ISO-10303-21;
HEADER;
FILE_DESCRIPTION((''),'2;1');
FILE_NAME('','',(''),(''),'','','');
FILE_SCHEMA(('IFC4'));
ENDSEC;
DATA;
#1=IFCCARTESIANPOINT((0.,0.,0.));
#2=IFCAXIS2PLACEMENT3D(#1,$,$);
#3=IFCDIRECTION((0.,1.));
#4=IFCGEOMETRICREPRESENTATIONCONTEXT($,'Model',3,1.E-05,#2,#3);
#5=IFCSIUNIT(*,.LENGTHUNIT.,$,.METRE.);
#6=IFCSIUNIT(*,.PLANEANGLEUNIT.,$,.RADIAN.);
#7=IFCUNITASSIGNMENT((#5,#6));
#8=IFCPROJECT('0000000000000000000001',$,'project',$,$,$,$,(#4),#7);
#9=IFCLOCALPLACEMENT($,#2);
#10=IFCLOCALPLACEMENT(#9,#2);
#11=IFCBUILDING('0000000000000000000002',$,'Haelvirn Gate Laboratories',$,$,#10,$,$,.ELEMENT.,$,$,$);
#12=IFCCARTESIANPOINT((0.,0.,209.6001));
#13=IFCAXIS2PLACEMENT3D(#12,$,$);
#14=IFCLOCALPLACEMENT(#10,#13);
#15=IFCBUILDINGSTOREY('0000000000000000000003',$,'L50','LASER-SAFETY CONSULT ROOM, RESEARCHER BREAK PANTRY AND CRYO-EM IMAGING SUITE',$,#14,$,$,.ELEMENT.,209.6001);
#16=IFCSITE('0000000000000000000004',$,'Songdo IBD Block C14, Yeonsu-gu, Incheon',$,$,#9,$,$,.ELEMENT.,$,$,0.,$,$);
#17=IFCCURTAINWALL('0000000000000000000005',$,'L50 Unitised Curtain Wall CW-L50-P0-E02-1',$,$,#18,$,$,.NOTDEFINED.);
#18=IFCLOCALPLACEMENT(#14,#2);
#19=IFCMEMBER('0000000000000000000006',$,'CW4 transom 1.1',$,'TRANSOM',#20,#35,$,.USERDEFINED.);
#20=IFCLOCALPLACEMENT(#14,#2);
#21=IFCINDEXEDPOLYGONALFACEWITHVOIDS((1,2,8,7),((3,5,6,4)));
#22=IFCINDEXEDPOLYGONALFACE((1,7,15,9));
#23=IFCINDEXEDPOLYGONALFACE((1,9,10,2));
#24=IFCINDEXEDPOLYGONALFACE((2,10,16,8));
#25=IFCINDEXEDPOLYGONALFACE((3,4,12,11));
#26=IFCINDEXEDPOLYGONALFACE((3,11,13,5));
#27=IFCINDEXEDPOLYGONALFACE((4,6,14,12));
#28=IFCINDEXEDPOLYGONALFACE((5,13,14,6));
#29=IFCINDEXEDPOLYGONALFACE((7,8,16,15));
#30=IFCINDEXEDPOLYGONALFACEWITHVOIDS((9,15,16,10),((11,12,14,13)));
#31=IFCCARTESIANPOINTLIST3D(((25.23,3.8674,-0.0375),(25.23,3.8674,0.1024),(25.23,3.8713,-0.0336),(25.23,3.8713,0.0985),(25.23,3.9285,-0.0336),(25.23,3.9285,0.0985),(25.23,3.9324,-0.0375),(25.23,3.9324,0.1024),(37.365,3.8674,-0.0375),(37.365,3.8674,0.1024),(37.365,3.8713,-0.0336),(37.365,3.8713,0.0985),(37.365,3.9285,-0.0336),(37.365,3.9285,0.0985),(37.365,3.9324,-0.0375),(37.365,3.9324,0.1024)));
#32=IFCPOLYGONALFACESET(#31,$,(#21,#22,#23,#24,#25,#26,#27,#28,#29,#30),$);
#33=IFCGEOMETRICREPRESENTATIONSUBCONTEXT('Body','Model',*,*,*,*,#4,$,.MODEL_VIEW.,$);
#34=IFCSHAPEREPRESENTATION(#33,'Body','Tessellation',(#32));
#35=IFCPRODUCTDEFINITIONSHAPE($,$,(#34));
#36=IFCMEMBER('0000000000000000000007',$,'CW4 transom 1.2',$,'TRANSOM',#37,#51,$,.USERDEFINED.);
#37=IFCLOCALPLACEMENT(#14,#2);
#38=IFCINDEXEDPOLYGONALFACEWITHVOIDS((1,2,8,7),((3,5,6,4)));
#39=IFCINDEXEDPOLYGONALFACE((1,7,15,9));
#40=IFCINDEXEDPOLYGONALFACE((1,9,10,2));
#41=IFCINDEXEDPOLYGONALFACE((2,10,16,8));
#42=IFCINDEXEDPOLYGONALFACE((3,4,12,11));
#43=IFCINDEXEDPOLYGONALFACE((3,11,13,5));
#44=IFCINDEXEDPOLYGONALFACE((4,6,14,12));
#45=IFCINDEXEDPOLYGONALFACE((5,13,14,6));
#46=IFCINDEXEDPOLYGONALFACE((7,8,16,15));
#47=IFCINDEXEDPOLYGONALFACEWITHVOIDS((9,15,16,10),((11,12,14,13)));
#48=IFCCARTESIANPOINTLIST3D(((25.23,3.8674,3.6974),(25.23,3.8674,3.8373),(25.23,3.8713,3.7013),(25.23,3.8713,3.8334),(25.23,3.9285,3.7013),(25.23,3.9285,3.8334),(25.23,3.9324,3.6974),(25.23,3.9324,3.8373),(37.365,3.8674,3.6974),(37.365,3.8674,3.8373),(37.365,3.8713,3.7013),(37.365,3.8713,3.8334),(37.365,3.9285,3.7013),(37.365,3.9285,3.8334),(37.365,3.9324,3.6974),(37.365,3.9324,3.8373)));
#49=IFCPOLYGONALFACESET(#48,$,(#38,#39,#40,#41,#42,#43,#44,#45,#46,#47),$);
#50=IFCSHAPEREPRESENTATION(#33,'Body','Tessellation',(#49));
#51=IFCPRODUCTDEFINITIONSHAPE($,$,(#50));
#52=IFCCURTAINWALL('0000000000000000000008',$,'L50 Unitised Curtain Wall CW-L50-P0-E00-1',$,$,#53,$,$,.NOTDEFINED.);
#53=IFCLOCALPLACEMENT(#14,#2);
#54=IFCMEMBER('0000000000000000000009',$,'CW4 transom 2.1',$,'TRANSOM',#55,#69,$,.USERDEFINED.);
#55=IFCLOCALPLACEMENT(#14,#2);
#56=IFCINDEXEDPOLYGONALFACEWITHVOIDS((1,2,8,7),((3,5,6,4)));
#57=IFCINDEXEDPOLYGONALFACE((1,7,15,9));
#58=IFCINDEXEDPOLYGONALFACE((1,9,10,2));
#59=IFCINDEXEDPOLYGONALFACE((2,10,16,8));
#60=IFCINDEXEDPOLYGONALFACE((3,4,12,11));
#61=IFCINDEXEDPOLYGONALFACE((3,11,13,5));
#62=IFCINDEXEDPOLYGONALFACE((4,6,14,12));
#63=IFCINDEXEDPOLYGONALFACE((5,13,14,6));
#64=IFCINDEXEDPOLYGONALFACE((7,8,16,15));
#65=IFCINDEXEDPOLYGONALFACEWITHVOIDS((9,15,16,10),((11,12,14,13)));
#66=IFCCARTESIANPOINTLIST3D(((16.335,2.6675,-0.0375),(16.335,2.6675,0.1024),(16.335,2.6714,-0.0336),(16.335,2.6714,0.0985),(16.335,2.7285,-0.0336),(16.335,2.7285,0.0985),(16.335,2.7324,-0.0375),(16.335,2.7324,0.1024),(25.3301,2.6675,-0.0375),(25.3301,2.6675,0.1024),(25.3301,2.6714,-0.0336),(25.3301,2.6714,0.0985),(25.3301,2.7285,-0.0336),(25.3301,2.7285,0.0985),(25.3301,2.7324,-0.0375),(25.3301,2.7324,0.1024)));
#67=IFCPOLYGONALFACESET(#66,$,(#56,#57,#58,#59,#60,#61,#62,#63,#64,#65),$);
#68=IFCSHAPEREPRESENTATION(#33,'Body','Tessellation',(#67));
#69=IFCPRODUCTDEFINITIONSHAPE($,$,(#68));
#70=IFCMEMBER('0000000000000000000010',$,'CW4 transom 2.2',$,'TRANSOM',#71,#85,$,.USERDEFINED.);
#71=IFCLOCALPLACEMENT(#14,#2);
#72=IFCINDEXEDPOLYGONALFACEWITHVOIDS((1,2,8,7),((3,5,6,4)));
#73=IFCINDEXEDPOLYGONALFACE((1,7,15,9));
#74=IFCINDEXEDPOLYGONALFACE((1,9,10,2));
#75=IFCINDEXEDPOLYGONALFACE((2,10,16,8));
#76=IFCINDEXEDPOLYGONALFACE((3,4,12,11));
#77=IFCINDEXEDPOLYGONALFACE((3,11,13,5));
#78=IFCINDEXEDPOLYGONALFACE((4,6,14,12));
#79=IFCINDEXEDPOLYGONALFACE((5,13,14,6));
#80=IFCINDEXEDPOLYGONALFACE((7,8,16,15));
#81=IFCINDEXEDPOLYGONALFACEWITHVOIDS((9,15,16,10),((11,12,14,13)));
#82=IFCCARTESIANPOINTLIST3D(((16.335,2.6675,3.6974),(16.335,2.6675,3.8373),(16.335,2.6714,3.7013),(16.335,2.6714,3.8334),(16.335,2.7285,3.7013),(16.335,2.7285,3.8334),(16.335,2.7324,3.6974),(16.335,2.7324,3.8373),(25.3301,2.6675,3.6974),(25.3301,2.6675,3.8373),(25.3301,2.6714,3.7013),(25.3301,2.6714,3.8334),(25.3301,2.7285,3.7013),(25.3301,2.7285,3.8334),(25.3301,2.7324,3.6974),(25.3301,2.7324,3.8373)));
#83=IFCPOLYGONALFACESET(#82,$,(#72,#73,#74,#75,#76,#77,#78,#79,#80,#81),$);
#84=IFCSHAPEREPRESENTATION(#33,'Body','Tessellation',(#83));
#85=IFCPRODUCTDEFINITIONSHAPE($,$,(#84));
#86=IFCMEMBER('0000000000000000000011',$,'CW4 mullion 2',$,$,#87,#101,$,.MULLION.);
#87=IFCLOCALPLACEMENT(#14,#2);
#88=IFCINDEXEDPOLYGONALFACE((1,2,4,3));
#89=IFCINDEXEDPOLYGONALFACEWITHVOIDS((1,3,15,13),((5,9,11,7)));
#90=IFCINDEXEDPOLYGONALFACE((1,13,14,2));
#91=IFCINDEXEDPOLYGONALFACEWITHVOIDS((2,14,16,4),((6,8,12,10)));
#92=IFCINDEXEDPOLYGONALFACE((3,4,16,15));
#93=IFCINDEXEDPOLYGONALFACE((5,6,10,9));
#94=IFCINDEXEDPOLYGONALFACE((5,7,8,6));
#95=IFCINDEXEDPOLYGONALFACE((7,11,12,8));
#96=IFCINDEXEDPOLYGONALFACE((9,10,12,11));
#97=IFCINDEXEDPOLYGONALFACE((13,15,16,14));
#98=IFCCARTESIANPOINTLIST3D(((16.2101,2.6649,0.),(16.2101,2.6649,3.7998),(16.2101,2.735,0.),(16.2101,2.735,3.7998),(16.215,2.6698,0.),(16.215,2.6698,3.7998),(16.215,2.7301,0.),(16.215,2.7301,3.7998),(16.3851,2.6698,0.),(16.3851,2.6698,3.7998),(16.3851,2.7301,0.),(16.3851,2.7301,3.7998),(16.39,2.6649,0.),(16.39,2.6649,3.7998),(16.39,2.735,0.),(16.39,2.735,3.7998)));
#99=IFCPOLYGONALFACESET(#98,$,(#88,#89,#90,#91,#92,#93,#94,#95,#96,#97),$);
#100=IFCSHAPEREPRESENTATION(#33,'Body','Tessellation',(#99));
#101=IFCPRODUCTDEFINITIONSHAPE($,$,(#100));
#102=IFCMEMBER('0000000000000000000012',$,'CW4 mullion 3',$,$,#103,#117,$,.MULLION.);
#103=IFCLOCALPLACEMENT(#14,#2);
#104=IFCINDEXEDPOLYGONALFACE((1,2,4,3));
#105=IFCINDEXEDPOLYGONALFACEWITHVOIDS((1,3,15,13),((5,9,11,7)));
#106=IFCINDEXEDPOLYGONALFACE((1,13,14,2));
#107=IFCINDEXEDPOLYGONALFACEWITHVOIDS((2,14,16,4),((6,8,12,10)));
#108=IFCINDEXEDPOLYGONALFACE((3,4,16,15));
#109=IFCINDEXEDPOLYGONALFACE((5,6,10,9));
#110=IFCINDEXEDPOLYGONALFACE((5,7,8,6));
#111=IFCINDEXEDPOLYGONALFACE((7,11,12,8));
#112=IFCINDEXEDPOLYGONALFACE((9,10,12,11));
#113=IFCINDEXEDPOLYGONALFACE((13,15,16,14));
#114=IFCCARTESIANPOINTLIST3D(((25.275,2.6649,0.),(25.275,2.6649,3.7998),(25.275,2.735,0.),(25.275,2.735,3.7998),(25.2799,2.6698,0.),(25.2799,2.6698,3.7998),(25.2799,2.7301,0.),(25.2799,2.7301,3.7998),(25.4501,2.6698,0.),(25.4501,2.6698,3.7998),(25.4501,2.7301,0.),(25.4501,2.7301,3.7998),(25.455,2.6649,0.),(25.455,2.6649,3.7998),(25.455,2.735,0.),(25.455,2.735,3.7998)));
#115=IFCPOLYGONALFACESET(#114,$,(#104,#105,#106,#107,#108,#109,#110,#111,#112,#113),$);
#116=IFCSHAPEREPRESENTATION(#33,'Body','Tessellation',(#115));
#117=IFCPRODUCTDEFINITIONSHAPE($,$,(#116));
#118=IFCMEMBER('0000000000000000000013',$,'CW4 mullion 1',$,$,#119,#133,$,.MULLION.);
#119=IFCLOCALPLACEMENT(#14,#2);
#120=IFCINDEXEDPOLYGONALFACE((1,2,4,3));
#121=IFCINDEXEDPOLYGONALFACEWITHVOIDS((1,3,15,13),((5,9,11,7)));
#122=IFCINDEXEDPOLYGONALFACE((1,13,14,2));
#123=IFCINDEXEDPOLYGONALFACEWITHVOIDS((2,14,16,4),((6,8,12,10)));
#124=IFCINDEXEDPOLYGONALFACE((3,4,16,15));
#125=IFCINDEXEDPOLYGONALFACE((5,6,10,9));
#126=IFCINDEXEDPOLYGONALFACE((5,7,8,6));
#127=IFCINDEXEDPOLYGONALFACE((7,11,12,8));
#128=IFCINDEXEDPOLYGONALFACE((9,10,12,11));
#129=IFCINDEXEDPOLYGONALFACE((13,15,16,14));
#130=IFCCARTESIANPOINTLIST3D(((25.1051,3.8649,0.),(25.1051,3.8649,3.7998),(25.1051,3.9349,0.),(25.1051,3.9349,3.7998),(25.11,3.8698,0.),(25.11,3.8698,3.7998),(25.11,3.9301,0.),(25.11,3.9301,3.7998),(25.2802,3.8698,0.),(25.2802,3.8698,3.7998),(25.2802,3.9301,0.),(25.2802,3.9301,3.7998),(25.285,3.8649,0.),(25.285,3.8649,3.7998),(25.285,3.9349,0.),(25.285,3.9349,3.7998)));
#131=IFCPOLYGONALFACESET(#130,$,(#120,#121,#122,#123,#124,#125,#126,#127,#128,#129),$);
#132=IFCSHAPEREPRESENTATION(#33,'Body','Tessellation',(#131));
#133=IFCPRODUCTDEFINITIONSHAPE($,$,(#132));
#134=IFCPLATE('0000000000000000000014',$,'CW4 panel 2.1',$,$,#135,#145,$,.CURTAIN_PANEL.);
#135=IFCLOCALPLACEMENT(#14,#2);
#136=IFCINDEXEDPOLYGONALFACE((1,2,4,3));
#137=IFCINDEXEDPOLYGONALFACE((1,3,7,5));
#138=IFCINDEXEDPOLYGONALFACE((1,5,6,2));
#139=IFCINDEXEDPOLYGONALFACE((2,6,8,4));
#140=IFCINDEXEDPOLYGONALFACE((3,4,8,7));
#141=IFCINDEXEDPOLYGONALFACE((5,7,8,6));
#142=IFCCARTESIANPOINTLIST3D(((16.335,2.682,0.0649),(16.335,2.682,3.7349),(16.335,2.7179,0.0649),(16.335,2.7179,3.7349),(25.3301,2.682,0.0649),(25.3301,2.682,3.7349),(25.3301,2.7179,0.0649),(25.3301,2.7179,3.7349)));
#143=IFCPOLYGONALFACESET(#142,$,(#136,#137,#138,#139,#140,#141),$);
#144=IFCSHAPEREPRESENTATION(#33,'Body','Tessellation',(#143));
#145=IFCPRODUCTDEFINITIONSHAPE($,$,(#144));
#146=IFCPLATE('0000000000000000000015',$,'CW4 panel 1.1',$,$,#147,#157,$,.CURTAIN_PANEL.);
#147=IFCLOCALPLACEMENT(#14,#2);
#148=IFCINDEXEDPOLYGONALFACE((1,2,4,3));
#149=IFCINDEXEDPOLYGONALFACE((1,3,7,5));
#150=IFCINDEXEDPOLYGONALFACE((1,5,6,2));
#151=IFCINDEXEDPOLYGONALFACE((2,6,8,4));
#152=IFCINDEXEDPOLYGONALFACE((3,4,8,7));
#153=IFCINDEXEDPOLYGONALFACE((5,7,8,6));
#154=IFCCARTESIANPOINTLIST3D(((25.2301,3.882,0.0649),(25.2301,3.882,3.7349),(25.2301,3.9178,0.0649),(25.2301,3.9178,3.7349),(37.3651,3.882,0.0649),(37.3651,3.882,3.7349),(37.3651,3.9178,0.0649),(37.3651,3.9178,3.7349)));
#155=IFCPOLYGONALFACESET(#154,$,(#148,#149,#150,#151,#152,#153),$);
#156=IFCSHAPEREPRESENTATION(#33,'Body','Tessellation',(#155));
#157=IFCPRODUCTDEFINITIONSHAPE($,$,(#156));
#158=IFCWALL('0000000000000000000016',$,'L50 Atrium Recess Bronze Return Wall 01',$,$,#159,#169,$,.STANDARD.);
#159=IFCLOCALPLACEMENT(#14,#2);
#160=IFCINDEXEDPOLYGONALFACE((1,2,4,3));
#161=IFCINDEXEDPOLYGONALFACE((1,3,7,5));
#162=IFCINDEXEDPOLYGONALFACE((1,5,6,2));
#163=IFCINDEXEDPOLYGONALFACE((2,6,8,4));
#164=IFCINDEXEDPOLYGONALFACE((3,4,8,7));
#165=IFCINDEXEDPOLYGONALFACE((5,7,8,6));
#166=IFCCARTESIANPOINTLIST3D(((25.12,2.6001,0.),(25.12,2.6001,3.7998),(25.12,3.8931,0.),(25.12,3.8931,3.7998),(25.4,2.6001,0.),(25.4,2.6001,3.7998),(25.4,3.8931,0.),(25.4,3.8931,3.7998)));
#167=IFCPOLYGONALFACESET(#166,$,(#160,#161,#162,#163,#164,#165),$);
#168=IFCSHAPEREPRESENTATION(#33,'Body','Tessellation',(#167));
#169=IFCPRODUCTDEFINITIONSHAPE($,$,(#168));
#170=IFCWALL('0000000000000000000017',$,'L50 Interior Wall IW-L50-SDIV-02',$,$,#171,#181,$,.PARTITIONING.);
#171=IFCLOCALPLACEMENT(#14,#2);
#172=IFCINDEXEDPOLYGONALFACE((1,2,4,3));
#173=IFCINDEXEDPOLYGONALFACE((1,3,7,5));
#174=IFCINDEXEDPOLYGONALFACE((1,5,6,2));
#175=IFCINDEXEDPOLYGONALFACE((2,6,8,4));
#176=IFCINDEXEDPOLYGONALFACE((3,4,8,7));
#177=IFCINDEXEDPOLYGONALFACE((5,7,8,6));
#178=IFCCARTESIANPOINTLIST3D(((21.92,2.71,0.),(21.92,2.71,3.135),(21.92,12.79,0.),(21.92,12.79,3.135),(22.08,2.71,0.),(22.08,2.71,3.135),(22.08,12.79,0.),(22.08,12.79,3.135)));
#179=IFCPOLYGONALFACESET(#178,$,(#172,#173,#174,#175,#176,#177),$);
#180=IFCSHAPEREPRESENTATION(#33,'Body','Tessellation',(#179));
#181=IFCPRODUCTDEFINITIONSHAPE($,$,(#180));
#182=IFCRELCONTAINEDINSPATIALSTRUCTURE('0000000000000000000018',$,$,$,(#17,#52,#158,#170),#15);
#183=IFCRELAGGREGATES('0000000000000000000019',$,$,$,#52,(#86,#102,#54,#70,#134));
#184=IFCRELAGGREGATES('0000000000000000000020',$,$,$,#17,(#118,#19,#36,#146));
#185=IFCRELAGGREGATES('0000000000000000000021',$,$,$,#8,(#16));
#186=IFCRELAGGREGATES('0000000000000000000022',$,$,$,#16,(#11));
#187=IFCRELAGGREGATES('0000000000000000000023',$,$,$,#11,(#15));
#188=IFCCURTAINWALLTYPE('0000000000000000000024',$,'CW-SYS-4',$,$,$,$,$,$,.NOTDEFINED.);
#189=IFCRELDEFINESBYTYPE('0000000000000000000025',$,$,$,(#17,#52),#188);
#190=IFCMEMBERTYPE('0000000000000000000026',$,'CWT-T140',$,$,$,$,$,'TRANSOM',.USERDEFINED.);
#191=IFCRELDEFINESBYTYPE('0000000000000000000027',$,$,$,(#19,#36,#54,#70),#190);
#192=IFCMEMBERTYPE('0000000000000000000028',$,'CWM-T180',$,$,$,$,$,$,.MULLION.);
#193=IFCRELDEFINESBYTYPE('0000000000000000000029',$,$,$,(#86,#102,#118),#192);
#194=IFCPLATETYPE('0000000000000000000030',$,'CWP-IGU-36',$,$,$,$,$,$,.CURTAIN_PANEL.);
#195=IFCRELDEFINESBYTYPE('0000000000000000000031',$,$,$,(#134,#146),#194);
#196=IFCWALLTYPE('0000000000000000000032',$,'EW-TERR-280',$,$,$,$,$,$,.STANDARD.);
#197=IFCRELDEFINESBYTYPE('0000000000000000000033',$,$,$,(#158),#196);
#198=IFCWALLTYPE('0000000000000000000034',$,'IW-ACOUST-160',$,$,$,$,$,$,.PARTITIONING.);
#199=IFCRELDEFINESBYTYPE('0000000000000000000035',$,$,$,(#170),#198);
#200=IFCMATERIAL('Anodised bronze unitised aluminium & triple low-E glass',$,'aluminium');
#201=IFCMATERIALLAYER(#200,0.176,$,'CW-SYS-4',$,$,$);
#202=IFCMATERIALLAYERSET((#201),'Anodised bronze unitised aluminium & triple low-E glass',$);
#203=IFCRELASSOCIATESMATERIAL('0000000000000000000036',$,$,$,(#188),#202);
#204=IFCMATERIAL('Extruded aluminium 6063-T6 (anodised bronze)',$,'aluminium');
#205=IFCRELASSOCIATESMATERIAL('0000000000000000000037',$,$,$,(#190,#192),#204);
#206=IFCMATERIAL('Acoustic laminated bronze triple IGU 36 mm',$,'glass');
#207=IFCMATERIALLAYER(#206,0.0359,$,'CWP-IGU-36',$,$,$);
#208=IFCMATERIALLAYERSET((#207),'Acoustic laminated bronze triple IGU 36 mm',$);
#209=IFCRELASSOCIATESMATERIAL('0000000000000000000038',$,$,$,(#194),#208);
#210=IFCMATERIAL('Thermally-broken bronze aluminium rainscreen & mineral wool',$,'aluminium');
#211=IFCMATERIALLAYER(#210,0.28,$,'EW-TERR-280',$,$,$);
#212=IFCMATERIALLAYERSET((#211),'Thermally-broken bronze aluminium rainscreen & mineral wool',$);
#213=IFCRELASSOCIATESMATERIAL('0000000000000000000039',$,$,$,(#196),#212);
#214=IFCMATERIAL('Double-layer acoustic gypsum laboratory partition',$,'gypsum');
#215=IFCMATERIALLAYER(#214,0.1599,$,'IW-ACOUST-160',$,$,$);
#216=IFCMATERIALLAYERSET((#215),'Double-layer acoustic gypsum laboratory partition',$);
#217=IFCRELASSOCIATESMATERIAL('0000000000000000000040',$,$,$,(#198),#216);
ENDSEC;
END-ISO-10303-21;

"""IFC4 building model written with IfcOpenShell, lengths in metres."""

from ifc_helpers import new_model, si_unit, direction, frame, frame_2d, origin, origin_2d, place, context, subcontext, project, spatial, rectangle, hollow_rectangle, extrude, source, transform, mapped, material, layer, layer_set, material_profile, profile_set, type_object, type_shapes, element, aggregate, save


model = new_model("IFC4")

# Units and contexts
model_context = context("Model", 3, precision=1e-05, world=origin(), true_north=direction((0.0, 1.0)))
body_context = subcontext(model_context, "Body", "Model", "MODEL_VIEW")
ifc_project = project(units=[si_unit("LENGTHUNIT", "METRE"), si_unit("PLANEANGLEUNIT", "RADIAN")], contexts=[model_context])

# Site, building, storey
site_placement = place(None, origin())
site = spatial("IfcSite", under=ifc_project, at=site_placement, Name="Songdo IBD Block C14, Yeonsu-gu, Incheon", CompositionType="ELEMENT", RefElevation=0.0)
building_placement = place(site_placement, origin())
building = spatial("IfcBuilding", under=site, at=building_placement, Name="Haelvirn Gate Laboratories", CompositionType="ELEMENT")
storey_placement = place(building_placement, frame((0.0, 0.0, 209.6001)))
storey = spatial("IfcBuildingStorey", under=building, at=storey_placement, Name="L50", Description="LASER-SAFETY CONSULT ROOM, RESEARCHER BREAK PANTRY AND CRYO-EM IMAGING SUITE", CompositionType="ELEMENT", Elevation=209.6001)

# Curtain walls, members
ifc_material_1 = material(Name="Anodised bronze unitised aluminium & triple low-E glass", Category="aluminium")
ifc_layer_1 = layer(ifc_material_1, 0.176, Name="CW-SYS-4")
ifc_layer_set_1 = layer_set([ifc_layer_1], Name="Anodised bronze unitised aluminium & triple low-E glass")
curtain_wall_type = type_object("IfcCurtainWallType", Name="CW-SYS-4", PredefinedType="NOTDEFINED", material=ifc_layer_set_1)
curtain_wall_1_placement = place(storey_placement, origin())
curtain_wall_1 = element("IfcCurtainWall", 1, at=curtain_wall_1_placement, inside=storey, type_object=curtain_wall_type, Name="L50 Unitised Curtain Wall CW-L50-P0-E02-1", PredefinedType="NOTDEFINED")
ifc_material_2 = material(Name="Extruded aluminium 6063-T6 (anodised bronze)", Category="aluminium")
ifc_material_profile_1 = material_profile(ifc_material_2, hollow_rectangle(XDim=0.0649, YDim=0.1399, WallThickness=0.0039, at=origin_2d()), Name="CWT-140x65x4")
ifc_profile_set_1 = profile_set([ifc_material_profile_1], Name="Extruded aluminium 6063-T6 (anodised bronze)")
member_type_1 = type_object("IfcMemberType", Name="CWT-T140", ElementType="TRANSOM", PredefinedType="USERDEFINED", material=ifc_profile_set_1)
shared_shape_1 = source(origin(), body_context, "Body", "SweptSolid", [
    extrude(hollow_rectangle(XDim=0.0649, YDim=0.1399, WallThickness=0.0039, at=origin_2d()), origin(), (0.0, 0.0, 1.0), 12.135),
])
member_1_placement = place(storey_placement, frame((25.23, 3.8999, 0.0325), z_axis=(1.0, 0.0, 0.0), x_axis=(0.0, 1.0, 0.0)))
member_1 = element("IfcMember", 2, at=member_1_placement, type_object=member_type_1, Name="CW4 transom 1.1", ObjectType="TRANSOM", PredefinedType="USERDEFINED", context=body_context, shape_type="MappedRepresentation", body=[
    mapped(shared_shape_1, transform((0.0, 0.0, 0.0), scale=1.0)),
])
member_2_placement = place(storey_placement, frame((25.23, 3.8999, 3.7673), z_axis=(1.0, 0.0, 0.0), x_axis=(0.0, 1.0, 0.0)))
member_2 = element("IfcMember", 3, at=member_2_placement, type_object=member_type_1, Name="CW4 transom 1.2", ObjectType="TRANSOM", PredefinedType="USERDEFINED", context=body_context, shape_type="MappedRepresentation", body=[
    mapped(shared_shape_1, transform((0.0, 0.0, 0.0), scale=1.0)),
])
curtain_wall_2_placement = place(storey_placement, origin())
curtain_wall_2 = element("IfcCurtainWall", 4, at=curtain_wall_2_placement, inside=storey, type_object=curtain_wall_type, Name="L50 Unitised Curtain Wall CW-L50-P0-E00-1", PredefinedType="NOTDEFINED")
shared_shape_2 = source(origin(), body_context, "Body", "SweptSolid", [
    extrude(hollow_rectangle(XDim=0.0649, YDim=0.1399, WallThickness=0.0039, at=origin_2d()), origin(), (0.0, 0.0, 1.0), 8.9951),
])
type_shapes(member_type_1, [shared_shape_1, shared_shape_2])
member_3_placement = place(storey_placement, frame((16.335, 2.7, 0.0325), z_axis=(1.0, 0.0, 0.0), x_axis=(0.0, 1.0, 0.0)))
member_3 = element("IfcMember", 5, at=member_3_placement, type_object=member_type_1, Name="CW4 transom 2.1", ObjectType="TRANSOM", PredefinedType="USERDEFINED", context=body_context, shape_type="MappedRepresentation", body=[
    mapped(shared_shape_2, transform((0.0, 0.0, 0.0), scale=1.0)),
])
member_4_placement = place(storey_placement, frame((16.335, 2.7, 3.7673), z_axis=(1.0, 0.0, 0.0), x_axis=(0.0, 1.0, 0.0)))
member_4 = element("IfcMember", 6, at=member_4_placement, type_object=member_type_1, Name="CW4 transom 2.2", ObjectType="TRANSOM", PredefinedType="USERDEFINED", context=body_context, shape_type="MappedRepresentation", body=[
    mapped(shared_shape_2, transform((0.0, 0.0, 0.0), scale=1.0)),
])
ifc_material_profile_2 = material_profile(ifc_material_2, hollow_rectangle(XDim=0.0701, YDim=0.1799, WallThickness=0.0049, at=origin_2d()), Name="CWM-180x70x5")
ifc_profile_set_2 = profile_set([ifc_material_profile_2], Name="Extruded aluminium 6063-T6 (anodised bronze)")
member_type_2 = type_object("IfcMemberType", Name="CWM-T180", PredefinedType="MULLION", material=ifc_profile_set_2)
shared_shape_3 = source(origin(), body_context, "Body", "SweptSolid", [
    extrude(hollow_rectangle(XDim=0.0701, YDim=0.1799, WallThickness=0.0049, at=origin_2d()), origin(), (0.0, 0.0, 1.0), 3.7998),
])
type_shapes(member_type_2, [shared_shape_3])
member_5_placement = place(storey_placement, frame((16.3, 2.7, 0.0), z_axis=(0.0, 0.0, 1.0), x_axis=(0.0, 1.0, 0.0)))
member_5 = element("IfcMember", 7, at=member_5_placement, type_object=member_type_2, Name="CW4 mullion 2", PredefinedType="MULLION", context=body_context, shape_type="MappedRepresentation", body=[
    mapped(shared_shape_3, transform((0.0, 0.0, 0.0), scale=1.0)),
])
member_6_placement = place(storey_placement, frame((25.365, 2.7, 0.0), z_axis=(0.0, 0.0, 1.0), x_axis=(0.0, 1.0, 0.0)))
member_6 = element("IfcMember", 8, at=member_6_placement, type_object=member_type_2, Name="CW4 mullion 3", PredefinedType="MULLION", context=body_context, shape_type="MappedRepresentation", body=[
    mapped(shared_shape_3, transform((0.0, 0.0, 0.0), scale=1.0)),
])

# Member
member_7_placement = place(storey_placement, frame((25.1951, 3.8999, 0.0), z_axis=(0.0, 0.0, 1.0), x_axis=(0.0, 1.0, 0.0)))
member_7 = element("IfcMember", 9, at=member_7_placement, type_object=member_type_2, Name="CW4 mullion 1", PredefinedType="MULLION", context=body_context, shape_type="MappedRepresentation", body=[
    mapped(shared_shape_3, transform((0.0, 0.0, 0.0), scale=1.0)),
])

# Plates
ifc_material_3 = material(Name="Acoustic laminated bronze triple IGU 36 mm", Category="glass")
ifc_layer_2 = layer(ifc_material_3, 0.0359, Name="CWP-IGU-36")
ifc_layer_set_2 = layer_set([ifc_layer_2], Name="Acoustic laminated bronze triple IGU 36 mm")
plate_type = type_object("IfcPlateType", Name="CWP-IGU-36", PredefinedType="CURTAIN_PANEL", material=ifc_layer_set_2)
shared_shape_4 = source(origin(), body_context, "Body", "SweptSolid", [
    extrude(rectangle(XDim=8.9951, YDim=0.0359, at=origin_2d()), origin(), (0.0, 0.0, 1.0), 3.6699),
])
plate_1_placement = place(storey_placement, frame((20.8325, 2.7, 0.0649), z_axis=(0.0, 0.0, 1.0), x_axis=(1.0, 0.0, 0.0)))
plate_1 = element("IfcPlate", 10, at=plate_1_placement, type_object=plate_type, Name="CW4 panel 2.1", PredefinedType="CURTAIN_PANEL", context=body_context, shape_type="MappedRepresentation", body=[
    mapped(shared_shape_4, transform((0.0, 0.0, 0.0), scale=1.0)),
])
aggregate(curtain_wall_2, [member_5, member_6, member_3, member_4, plate_1])
shared_shape_5 = source(origin(), body_context, "Body", "SweptSolid", [
    extrude(rectangle(XDim=12.135, YDim=0.0359, at=origin_2d()), origin(), (0.0, 0.0, 1.0), 3.6699),
])
type_shapes(plate_type, [shared_shape_4, shared_shape_5])
plate_2_placement = place(storey_placement, frame((31.2976, 3.8999, 0.0649), z_axis=(0.0, 0.0, 1.0), x_axis=(1.0, 0.0, 0.0)))
plate_2 = element("IfcPlate", 11, at=plate_2_placement, type_object=plate_type, Name="CW4 panel 1.1", PredefinedType="CURTAIN_PANEL", context=body_context, shape_type="MappedRepresentation", body=[
    mapped(shared_shape_5, transform((0.0, 0.0, 0.0), scale=1.0)),
])
aggregate(curtain_wall_1, [member_7, member_1, member_2, plate_2])

# Walls
ifc_material_4 = material(Name="Thermally-broken bronze aluminium rainscreen & mineral wool", Category="aluminium")
ifc_layer_3 = layer(ifc_material_4, 0.28, Name="EW-TERR-280")
ifc_layer_set_3 = layer_set([ifc_layer_3], Name="Thermally-broken bronze aluminium rainscreen & mineral wool")
wall_type_1 = type_object("IfcWallType", Name="EW-TERR-280", PredefinedType="STANDARD", material=ifc_layer_set_3)
wall_1_placement = place(storey_placement, frame((25.26, 2.6001, 0.0), z_axis=(0.0, 0.0, 1.0), x_axis=(0.0, 1.0, 0.0)))
element("IfcWall", 12, at=wall_1_placement, inside=storey, type_object=wall_type_1, Name="L50 Atrium Recess Bronze Return Wall 01", PredefinedType="STANDARD", context=body_context, shape_type="SweptSolid", body=[
    extrude(rectangle(XDim=1.293, YDim=0.28, at=frame_2d((0.6465, 0.0))), origin(), (0.0, 0.0, 1.0), 3.7998),
])
ifc_material_5 = material(Name="Double-layer acoustic gypsum laboratory partition", Category="gypsum")
ifc_layer_4 = layer(ifc_material_5, 0.1599, Name="IW-ACOUST-160")
ifc_layer_set_4 = layer_set([ifc_layer_4], Name="Double-layer acoustic gypsum laboratory partition")
wall_type_2 = type_object("IfcWallType", Name="IW-ACOUST-160", PredefinedType="PARTITIONING", material=ifc_layer_set_4)
wall_2_placement = place(storey_placement, frame((22.0, 2.71, 0.0), z_axis=(0.0, 0.0, 1.0), x_axis=(0.0, 1.0, 0.0)))
element("IfcWall", 13, at=wall_2_placement, inside=storey, type_object=wall_type_2, Name="L50 Interior Wall IW-L50-SDIV-02", PredefinedType="PARTITIONING", context=body_context, shape_type="SweptSolid", body=[
    extrude(rectangle(XDim=10.0801, YDim=0.1599, at=frame_2d((5.04, 0.0))), origin(), (0.0, 0.0, 1.0), 3.135),
])

save(model, "model.ifc")
